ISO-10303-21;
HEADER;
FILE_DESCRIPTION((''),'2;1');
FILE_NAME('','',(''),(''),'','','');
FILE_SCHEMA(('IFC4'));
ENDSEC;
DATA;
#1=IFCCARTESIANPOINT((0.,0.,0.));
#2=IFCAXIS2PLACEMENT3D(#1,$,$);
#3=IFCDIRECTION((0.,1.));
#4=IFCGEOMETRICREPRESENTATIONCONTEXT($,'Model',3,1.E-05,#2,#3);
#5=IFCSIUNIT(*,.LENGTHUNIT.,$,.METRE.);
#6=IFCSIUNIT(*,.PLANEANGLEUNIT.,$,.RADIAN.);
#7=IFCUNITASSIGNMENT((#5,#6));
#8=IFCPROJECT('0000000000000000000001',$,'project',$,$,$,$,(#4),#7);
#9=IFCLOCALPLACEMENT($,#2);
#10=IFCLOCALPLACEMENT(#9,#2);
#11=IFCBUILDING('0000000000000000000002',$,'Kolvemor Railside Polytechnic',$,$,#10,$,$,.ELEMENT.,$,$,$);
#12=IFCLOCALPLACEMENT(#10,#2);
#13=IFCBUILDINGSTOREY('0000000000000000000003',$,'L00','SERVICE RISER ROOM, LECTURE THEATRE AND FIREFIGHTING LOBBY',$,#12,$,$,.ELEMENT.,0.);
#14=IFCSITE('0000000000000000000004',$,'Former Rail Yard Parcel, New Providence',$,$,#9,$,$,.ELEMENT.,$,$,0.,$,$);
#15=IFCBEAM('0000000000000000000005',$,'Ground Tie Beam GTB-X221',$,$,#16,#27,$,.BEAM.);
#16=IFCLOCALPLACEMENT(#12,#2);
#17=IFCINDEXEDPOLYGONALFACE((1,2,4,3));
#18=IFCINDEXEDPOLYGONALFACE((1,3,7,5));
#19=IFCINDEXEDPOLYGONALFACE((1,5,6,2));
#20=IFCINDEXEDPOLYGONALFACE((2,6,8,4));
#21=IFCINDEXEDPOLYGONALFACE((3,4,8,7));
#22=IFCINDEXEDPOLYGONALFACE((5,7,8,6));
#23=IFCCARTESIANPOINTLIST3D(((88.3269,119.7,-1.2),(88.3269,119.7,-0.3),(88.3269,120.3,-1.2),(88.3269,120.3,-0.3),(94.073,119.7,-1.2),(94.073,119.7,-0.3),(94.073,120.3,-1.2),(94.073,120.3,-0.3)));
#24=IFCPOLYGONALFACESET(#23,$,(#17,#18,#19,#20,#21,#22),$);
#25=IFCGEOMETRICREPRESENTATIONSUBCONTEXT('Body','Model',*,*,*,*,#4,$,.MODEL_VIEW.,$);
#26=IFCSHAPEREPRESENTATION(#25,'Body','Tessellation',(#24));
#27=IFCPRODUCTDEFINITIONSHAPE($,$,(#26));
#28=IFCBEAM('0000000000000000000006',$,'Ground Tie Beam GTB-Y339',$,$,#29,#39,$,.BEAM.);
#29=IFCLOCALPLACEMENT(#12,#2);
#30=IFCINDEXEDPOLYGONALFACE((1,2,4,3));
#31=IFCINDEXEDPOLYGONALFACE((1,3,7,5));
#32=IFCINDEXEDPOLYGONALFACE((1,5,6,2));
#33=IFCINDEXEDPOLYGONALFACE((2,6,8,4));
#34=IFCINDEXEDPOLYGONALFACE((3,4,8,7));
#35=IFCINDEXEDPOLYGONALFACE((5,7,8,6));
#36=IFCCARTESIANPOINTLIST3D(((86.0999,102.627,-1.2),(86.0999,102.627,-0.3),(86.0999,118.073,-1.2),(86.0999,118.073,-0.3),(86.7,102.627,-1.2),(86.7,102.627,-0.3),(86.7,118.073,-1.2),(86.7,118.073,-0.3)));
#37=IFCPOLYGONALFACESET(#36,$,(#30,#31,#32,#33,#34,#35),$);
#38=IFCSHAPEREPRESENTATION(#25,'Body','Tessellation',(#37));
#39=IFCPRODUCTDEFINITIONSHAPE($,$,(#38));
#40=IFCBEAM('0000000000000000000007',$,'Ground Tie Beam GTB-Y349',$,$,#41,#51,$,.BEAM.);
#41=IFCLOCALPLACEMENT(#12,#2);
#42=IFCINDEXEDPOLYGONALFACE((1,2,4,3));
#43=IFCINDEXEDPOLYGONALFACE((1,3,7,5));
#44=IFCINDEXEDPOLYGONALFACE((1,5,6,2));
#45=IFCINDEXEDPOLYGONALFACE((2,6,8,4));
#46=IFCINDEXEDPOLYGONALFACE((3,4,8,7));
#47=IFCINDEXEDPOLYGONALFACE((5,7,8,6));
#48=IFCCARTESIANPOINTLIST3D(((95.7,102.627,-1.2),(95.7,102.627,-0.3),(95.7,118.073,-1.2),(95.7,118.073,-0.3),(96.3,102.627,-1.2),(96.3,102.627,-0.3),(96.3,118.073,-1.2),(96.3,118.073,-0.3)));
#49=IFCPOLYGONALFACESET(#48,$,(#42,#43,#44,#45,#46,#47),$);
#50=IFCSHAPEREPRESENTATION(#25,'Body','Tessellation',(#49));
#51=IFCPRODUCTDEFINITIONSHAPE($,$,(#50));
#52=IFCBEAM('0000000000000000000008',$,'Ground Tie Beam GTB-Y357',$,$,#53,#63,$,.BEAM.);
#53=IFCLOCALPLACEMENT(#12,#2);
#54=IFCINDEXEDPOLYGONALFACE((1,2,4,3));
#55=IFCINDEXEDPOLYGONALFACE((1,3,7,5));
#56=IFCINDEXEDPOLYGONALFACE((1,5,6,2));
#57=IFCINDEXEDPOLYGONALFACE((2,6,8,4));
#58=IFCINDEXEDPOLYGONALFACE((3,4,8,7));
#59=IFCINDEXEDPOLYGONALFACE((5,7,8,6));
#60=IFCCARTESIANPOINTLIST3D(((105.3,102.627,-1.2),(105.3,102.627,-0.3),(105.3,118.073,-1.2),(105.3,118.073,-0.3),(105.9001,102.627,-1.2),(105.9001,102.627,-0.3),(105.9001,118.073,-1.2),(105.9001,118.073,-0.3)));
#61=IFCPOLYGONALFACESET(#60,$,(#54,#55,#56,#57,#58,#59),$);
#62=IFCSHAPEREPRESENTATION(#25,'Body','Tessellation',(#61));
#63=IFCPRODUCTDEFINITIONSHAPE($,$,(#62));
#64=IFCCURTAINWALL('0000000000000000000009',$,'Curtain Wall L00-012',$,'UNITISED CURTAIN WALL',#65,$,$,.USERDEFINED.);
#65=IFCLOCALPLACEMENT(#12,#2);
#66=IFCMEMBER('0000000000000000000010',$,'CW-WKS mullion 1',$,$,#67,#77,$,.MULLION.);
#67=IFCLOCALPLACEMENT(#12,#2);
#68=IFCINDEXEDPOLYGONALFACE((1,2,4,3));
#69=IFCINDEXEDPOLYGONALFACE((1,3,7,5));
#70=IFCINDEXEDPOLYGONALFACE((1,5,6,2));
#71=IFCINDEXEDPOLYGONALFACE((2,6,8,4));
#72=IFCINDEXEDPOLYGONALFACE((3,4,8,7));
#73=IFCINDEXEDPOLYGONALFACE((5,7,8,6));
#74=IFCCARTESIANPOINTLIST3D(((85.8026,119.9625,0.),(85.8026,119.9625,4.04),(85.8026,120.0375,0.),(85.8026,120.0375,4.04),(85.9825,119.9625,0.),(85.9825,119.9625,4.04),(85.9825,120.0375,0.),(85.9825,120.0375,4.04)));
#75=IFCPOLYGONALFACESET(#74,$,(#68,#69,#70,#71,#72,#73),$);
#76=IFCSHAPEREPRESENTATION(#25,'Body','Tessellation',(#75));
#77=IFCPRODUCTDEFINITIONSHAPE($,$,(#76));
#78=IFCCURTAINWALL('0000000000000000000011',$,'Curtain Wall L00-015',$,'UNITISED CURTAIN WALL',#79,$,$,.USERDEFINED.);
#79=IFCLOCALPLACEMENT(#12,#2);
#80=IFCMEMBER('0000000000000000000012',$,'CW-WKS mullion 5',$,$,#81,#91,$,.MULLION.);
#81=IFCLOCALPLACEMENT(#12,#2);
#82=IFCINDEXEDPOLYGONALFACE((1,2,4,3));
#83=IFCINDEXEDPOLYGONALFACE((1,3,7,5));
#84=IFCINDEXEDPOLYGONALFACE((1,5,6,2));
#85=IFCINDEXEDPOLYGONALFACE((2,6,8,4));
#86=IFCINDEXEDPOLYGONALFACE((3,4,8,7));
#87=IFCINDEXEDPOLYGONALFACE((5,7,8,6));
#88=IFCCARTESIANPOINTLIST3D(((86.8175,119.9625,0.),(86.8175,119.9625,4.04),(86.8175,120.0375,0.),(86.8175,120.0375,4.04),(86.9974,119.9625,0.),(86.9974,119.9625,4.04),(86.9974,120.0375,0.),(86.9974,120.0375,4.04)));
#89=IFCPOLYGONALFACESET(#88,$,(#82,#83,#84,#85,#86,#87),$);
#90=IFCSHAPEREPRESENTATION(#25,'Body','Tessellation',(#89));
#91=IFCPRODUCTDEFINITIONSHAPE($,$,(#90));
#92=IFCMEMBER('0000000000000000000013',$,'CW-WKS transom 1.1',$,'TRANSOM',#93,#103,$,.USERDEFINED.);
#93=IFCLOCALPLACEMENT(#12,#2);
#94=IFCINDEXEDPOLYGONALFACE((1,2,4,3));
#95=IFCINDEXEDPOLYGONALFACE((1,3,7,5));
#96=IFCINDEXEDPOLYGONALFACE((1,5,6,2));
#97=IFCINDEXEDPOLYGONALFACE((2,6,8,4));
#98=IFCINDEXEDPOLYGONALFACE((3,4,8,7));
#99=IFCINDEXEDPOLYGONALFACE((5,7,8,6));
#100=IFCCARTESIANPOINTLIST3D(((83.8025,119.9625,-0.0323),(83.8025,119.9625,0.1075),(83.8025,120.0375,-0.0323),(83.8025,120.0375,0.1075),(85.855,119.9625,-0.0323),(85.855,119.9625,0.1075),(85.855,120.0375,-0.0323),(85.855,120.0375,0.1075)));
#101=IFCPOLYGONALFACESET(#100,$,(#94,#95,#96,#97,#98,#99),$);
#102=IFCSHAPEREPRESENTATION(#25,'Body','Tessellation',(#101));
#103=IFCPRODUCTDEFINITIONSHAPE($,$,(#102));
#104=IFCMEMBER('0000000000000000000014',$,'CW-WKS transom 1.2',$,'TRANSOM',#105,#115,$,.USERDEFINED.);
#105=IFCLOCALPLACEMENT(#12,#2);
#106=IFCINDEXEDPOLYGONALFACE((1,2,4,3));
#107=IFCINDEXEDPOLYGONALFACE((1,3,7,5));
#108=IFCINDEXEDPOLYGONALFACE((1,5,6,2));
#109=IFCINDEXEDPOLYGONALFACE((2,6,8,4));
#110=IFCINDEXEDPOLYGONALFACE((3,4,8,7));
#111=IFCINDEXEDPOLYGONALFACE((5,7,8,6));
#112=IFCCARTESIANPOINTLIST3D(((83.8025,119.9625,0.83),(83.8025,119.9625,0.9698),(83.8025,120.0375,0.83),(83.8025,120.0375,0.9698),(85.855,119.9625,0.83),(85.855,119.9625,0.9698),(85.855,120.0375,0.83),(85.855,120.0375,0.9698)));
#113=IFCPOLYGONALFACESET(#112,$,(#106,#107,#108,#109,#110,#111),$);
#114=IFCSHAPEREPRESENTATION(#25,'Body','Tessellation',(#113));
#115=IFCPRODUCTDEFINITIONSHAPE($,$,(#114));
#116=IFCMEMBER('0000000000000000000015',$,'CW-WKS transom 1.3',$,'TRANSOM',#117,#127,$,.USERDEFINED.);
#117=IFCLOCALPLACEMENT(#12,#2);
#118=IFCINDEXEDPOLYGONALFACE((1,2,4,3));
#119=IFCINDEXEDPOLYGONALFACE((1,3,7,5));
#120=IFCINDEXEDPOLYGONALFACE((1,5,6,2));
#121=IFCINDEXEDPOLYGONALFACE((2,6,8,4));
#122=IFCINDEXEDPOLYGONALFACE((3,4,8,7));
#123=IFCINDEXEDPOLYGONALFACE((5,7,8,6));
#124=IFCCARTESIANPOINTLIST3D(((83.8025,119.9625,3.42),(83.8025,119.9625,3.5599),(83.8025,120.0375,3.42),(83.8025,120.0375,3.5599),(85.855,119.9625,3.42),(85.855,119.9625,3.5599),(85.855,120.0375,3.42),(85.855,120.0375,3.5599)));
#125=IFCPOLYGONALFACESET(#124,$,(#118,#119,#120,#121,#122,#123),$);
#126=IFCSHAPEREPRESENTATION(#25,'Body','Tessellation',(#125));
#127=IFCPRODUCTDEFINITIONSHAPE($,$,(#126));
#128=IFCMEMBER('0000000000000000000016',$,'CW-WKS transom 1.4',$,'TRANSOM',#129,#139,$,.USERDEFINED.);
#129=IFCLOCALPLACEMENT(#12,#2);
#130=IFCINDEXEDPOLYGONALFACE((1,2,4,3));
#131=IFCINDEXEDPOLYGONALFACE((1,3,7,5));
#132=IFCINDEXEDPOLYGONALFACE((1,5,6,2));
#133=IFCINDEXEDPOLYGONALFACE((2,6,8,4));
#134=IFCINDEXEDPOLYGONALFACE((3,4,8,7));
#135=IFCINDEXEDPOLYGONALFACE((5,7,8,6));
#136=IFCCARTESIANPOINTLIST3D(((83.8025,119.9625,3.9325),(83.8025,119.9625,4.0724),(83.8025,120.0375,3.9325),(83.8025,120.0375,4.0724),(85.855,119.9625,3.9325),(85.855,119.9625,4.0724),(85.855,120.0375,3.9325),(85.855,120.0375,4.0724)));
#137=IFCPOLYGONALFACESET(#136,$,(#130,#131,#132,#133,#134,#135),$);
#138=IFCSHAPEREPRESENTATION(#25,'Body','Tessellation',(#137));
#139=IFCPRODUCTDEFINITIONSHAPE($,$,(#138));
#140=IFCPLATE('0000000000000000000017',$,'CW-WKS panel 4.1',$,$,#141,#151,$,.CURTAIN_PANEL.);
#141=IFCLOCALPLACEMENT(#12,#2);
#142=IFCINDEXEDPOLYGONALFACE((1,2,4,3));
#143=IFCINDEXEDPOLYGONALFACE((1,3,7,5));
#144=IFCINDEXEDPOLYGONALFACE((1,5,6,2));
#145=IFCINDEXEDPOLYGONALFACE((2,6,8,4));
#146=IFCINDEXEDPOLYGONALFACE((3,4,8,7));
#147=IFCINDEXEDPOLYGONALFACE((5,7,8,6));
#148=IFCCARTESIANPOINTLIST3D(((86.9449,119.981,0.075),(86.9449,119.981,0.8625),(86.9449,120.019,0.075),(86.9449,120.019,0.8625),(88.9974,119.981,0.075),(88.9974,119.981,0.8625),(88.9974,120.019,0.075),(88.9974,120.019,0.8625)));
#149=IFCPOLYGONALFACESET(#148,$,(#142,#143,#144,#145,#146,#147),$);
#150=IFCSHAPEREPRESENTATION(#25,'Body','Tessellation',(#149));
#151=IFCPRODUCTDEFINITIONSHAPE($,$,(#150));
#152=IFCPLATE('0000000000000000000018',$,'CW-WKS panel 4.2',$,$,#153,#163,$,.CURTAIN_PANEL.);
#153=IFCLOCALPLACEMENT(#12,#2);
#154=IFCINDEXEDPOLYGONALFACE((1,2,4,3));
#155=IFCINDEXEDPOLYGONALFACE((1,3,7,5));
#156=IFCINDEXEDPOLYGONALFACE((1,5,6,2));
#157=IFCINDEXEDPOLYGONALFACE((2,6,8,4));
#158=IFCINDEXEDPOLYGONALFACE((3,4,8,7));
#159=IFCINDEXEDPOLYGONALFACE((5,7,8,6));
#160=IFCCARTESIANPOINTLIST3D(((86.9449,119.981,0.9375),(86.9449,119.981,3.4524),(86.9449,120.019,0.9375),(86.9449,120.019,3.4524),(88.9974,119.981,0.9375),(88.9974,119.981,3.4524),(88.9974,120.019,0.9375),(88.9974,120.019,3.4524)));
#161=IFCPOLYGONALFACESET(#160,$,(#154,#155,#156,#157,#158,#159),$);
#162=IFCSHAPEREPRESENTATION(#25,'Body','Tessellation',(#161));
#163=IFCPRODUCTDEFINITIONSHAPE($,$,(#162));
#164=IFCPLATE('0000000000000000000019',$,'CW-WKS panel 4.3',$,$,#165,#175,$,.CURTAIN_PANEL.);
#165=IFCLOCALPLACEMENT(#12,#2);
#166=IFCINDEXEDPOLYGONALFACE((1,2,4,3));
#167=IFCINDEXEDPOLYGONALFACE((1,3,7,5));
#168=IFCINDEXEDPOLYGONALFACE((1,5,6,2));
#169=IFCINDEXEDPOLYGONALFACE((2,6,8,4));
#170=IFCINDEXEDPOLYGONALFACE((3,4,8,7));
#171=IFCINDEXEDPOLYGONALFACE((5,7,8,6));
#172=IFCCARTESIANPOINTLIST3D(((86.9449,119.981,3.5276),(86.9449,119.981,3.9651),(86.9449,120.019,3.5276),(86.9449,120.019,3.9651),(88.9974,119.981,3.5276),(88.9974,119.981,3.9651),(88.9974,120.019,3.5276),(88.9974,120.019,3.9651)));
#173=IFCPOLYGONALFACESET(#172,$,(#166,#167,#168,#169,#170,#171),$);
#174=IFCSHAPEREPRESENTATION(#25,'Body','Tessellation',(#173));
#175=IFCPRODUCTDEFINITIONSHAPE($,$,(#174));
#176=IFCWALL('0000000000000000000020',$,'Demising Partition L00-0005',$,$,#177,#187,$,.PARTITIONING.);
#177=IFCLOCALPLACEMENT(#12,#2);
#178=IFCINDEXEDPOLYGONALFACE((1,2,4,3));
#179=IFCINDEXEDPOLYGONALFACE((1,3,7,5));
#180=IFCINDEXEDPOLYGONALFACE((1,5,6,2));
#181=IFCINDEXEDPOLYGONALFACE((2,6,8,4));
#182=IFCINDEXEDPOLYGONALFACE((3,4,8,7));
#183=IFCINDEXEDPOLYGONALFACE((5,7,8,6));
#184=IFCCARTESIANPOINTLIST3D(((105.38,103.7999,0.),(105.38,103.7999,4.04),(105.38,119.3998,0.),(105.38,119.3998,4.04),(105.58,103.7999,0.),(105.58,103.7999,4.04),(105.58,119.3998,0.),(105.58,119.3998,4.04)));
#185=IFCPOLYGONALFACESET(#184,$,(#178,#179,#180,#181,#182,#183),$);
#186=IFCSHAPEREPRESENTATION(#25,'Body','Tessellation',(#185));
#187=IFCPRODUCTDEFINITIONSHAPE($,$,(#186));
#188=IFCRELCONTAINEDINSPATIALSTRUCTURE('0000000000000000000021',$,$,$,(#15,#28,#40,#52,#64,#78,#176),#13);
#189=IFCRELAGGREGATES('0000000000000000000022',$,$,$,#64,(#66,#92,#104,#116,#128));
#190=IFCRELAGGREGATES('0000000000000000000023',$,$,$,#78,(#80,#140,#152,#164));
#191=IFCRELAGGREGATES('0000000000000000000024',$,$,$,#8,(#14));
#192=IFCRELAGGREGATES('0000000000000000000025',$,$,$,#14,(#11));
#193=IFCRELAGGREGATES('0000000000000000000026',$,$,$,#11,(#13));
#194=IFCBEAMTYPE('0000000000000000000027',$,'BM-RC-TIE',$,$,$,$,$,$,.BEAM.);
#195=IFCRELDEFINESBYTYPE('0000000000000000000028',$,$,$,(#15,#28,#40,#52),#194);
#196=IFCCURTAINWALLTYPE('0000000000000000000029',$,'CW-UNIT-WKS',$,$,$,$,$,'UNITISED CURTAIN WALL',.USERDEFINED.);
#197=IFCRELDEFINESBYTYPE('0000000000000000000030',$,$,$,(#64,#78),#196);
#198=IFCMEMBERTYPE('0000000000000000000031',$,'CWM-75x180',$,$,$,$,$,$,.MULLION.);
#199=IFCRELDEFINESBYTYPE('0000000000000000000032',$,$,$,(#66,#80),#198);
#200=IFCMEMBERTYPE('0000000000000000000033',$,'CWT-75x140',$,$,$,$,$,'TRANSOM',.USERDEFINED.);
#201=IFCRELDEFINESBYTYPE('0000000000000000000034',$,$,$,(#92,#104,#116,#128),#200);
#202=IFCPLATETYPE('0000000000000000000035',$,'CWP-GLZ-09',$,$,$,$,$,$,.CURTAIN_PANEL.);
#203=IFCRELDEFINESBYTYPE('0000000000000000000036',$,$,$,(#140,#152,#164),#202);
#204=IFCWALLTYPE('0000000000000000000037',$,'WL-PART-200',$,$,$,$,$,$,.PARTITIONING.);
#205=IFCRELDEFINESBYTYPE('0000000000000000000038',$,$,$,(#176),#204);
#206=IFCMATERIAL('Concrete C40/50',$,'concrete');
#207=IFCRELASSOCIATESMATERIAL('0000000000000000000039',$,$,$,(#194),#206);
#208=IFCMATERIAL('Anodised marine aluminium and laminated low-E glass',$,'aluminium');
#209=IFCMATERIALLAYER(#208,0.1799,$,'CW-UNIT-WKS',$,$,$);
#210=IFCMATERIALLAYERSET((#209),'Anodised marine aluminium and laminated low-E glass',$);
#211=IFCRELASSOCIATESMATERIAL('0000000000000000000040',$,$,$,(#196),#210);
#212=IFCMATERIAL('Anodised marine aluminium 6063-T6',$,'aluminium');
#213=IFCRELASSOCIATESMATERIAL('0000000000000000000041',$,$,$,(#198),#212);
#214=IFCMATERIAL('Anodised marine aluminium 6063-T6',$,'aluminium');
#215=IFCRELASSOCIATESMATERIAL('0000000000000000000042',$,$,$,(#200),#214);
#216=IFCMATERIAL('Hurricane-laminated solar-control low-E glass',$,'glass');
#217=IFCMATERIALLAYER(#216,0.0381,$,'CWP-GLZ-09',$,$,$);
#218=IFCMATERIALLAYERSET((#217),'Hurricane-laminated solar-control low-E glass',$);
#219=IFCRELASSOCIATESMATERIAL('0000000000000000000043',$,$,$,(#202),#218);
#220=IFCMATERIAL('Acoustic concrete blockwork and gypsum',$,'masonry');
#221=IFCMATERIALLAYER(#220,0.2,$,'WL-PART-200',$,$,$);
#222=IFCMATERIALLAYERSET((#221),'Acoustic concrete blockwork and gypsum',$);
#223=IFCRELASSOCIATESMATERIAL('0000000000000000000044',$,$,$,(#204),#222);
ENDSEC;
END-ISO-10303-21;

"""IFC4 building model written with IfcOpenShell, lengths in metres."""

from ifc_helpers import new_model, si_unit, direction, frame, frame_2d, origin, origin_2d, place, context, subcontext, project, spatial, rectangle, extrude, material, layer, layer_set, material_profile, profile_set, type_object, element, aggregate, save


model = new_model("IFC4")

# Units and contexts
model_context = context("Model", 3, precision=1e-05, world=origin(), true_north=direction((0.0, 1.0)))
body_context = subcontext(model_context, "Body", "Model", "MODEL_VIEW")
ifc_project = project(units=[si_unit("LENGTHUNIT", "METRE"), si_unit("PLANEANGLEUNIT", "RADIAN")], contexts=[model_context])

# Site, building, storey
site_placement = place(None, origin())
site = spatial("IfcSite", under=ifc_project, at=site_placement, Name="Former Rail Yard Parcel, New Providence", CompositionType="ELEMENT", RefElevation=0.0)
building_placement = place(site_placement, origin())
building = spatial("IfcBuilding", under=site, at=building_placement, Name="Kolvemor Railside Polytechnic", CompositionType="ELEMENT")
storey_placement = place(building_placement, origin())
storey = spatial("IfcBuildingStorey", under=building, at=storey_placement, Name="L00", Description="SERVICE RISER ROOM, LECTURE THEATRE AND FIREFIGHTING LOBBY", CompositionType="ELEMENT", Elevation=0.0)

# Beams
ifc_material_1 = material(Name="Concrete C40/50", Category="concrete")
ifc_material_profile_1 = material_profile(ifc_material_1, rectangle(XDim=0.6001, YDim=0.8999, at=origin_2d()), Name="RC600x900")
ifc_profile_set_1 = profile_set([ifc_material_profile_1], Name="Concrete C40/50")
beam_type_1 = type_object("IfcBeamType", Name="BM-RC-TIE", PredefinedType="BEAM", material=ifc_profile_set_1)
beam_1_placement = place(storey_placement, frame((88.3269, 120.0, -0.75), z_axis=(1.0, 0.0, 0.0), x_axis=(0.0, 1.0, 0.0)))
element("IfcBeam", 1, at=beam_1_placement, inside=storey, type_object=beam_type_1, Name="Ground Tie Beam GTB-X221", PredefinedType="BEAM", context=body_context, shape_type="SweptSolid", body=[
    extrude(rectangle(XDim=0.6001, YDim=0.8999, at=origin_2d()), origin(), (0.0, 0.0, 1.0), 5.7461),
])
for number, where, z_axis, x_axis, name in (
    (2, (86.3999, 102.627, -0.75), (0.0, 1.0, 0.0), (-1.0, 0.0, 0.0), "Ground Tie Beam GTB-Y339"),
    (3, (96.0, 102.627, -0.75), (0.0, 1.0, 0.0), (-1.0, 0.0, 0.0), "Ground Tie Beam GTB-Y349"),
    (4, (105.6001, 102.627, -0.75), (0.0, 1.0, 0.0), (-1.0, 0.0, 0.0), "Ground Tie Beam GTB-Y357"),
):
    element("IfcBeam", number, at=place(storey_placement, frame(where, z_axis=z_axis, x_axis=x_axis)), inside=storey, type_object=beam_type_1, Name=name, PredefinedType="BEAM", context=body_context, shape_type="SweptSolid", body=[
        extrude(rectangle(XDim=0.6001, YDim=0.8999, at=origin_2d()), origin(), (0.0, 0.0, 1.0), 15.446),
    ])

# Curtain walls, members
ifc_material_2 = material(Name="Anodised marine aluminium and laminated low-E glass", Category="aluminium")
ifc_layer_1 = layer(ifc_material_2, 0.1799, Name="CW-UNIT-WKS")
ifc_layer_set_1 = layer_set([ifc_layer_1], Name="Anodised marine aluminium and laminated low-E glass")
curtain_wall_type = type_object("IfcCurtainWallType", Name="CW-UNIT-WKS", ElementType="UNITISED CURTAIN WALL", PredefinedType="USERDEFINED", material=ifc_layer_set_1)
curtain_wall_1_placement = place(storey_placement, origin())
curtain_wall_1 = element("IfcCurtainWall", 5, at=curtain_wall_1_placement, inside=storey, type_object=curtain_wall_type, Name="Curtain Wall L00-012", ObjectType="UNITISED CURTAIN WALL", PredefinedType="USERDEFINED")
ifc_material_3 = material(Name="Anodised marine aluminium 6063-T6", Category="aluminium")
ifc_material_profile_2 = material_profile(ifc_material_3, rectangle(XDim=0.075, YDim=0.1799, at=origin_2d()), Name="CW-MUL-75x180")
ifc_profile_set_2 = profile_set([ifc_material_profile_2], Name="Anodised marine aluminium 6063-T6")
member_type_1 = type_object("IfcMemberType", Name="CWM-75x180", PredefinedType="MULLION", material=ifc_profile_set_2)
member_1_placement = place(storey_placement, frame((85.8926, 120.0, 0.0), z_axis=(0.0, 0.0, 1.0), x_axis=(0.0, -1.0, 0.0)))
member_1 = element("IfcMember", 6, at=member_1_placement, type_object=member_type_1, Name="CW-WKS mullion 1", PredefinedType="MULLION", context=body_context, shape_type="SweptSolid", body=[
    extrude(rectangle(XDim=0.075, YDim=0.1799, at=origin_2d()), origin(), (0.0, 0.0, 1.0), 4.04),
])
curtain_wall_2_placement = place(storey_placement, origin())
curtain_wall_2 = element("IfcCurtainWall", 7, at=curtain_wall_2_placement, inside=storey, type_object=curtain_wall_type, Name="Curtain Wall L00-015", ObjectType="UNITISED CURTAIN WALL", PredefinedType="USERDEFINED")
member_2_placement = place(storey_placement, frame((86.9075, 120.0, 0.0), z_axis=(0.0, 0.0, 1.0), x_axis=(0.0, -1.0, 0.0)))
member_2 = element("IfcMember", 8, at=member_2_placement, type_object=member_type_1, Name="CW-WKS mullion 5", PredefinedType="MULLION", context=body_context, shape_type="SweptSolid", body=[
    extrude(rectangle(XDim=0.075, YDim=0.1799, at=origin_2d()), origin(), (0.0, 0.0, 1.0), 4.04),
])

# Members
ifc_material_4 = material(Name="Anodised marine aluminium 6063-T6", Category="aluminium")
ifc_material_profile_3 = material_profile(ifc_material_4, rectangle(XDim=0.075, YDim=0.1399, at=origin_2d()), Name="CW-TRN-75x140")
ifc_profile_set_3 = profile_set([ifc_material_profile_3], Name="Anodised marine aluminium 6063-T6")
member_type_2 = type_object("IfcMemberType", Name="CWT-75x140", ElementType="TRANSOM", PredefinedType="USERDEFINED", material=ifc_profile_set_3)
member_3_placement = place(storey_placement, frame((85.855, 120.0, 0.0376), z_axis=(-1.0, 0.0, 0.0), x_axis=(0.0, -1.0, 0.0)))
member_3 = element("IfcMember", 9, at=member_3_placement, type_object=member_type_2, Name="CW-WKS transom 1.1", ObjectType="TRANSOM", PredefinedType="USERDEFINED", context=body_context, shape_type="SweptSolid", body=[
    extrude(rectangle(XDim=0.075, YDim=0.1399, at=origin_2d()), origin(), (0.0, 0.0, 1.0), 2.0525),
])
member_4_placement = place(storey_placement, frame((85.855, 120.0, 0.8999), z_axis=(-1.0, 0.0, 0.0), x_axis=(0.0, -1.0, 0.0)))
member_4 = element("IfcMember", 10, at=member_4_placement, type_object=member_type_2, Name="CW-WKS transom 1.2", ObjectType="TRANSOM", PredefinedType="USERDEFINED", context=body_context, shape_type="SweptSolid", body=[
    extrude(rectangle(XDim=0.075, YDim=0.1399, at=origin_2d()), origin(), (0.0, 0.0, 1.0), 2.0525),
])
member_5_placement = place(storey_placement, frame((85.855, 120.0, 3.49), z_axis=(-1.0, 0.0, 0.0), x_axis=(0.0, -1.0, 0.0)))
member_5 = element("IfcMember", 11, at=member_5_placement, type_object=member_type_2, Name="CW-WKS transom 1.3", ObjectType="TRANSOM", PredefinedType="USERDEFINED", context=body_context, shape_type="SweptSolid", body=[
    extrude(rectangle(XDim=0.075, YDim=0.1399, at=origin_2d()), origin(), (0.0, 0.0, 1.0), 2.0525),
])
member_6_placement = place(storey_placement, frame((85.855, 120.0, 4.0024), z_axis=(-1.0, 0.0, 0.0), x_axis=(0.0, -1.0, 0.0)))
member_6 = element("IfcMember", 12, at=member_6_placement, type_object=member_type_2, Name="CW-WKS transom 1.4", ObjectType="TRANSOM", PredefinedType="USERDEFINED", context=body_context, shape_type="SweptSolid", body=[
    extrude(rectangle(XDim=0.075, YDim=0.1399, at=origin_2d()), origin(), (0.0, 0.0, 1.0), 2.0525),
])
aggregate(curtain_wall_1, [member_1, member_3, member_4, member_5, member_6])

# Plates
ifc_material_5 = material(Name="Hurricane-laminated solar-control low-E glass", Category="glass")
ifc_layer_2 = layer(ifc_material_5, 0.0381, Name="CWP-GLZ-09")
ifc_layer_set_2 = layer_set([ifc_layer_2], Name="Hurricane-laminated solar-control low-E glass")
plate_type = type_object("IfcPlateType", Name="CWP-GLZ-09", PredefinedType="CURTAIN_PANEL", material=ifc_layer_set_2)
plate_1_placement = place(storey_placement, frame((87.9712, 120.0, 0.075), z_axis=(0.0, 0.0, 1.0), x_axis=(-1.0, 0.0, 0.0)))
plate_1 = element("IfcPlate", 13, at=plate_1_placement, type_object=plate_type, Name="CW-WKS panel 4.1", PredefinedType="CURTAIN_PANEL", context=body_context, shape_type="SweptSolid", body=[
    extrude(rectangle(XDim=2.0525, YDim=0.0381, at=origin_2d()), origin(), (0.0, 0.0, 1.0), 0.7876),
])
plate_2_placement = place(storey_placement, frame((87.9712, 120.0, 0.9375), z_axis=(0.0, 0.0, 1.0), x_axis=(-1.0, 0.0, 0.0)))
plate_2 = element("IfcPlate", 14, at=plate_2_placement, type_object=plate_type, Name="CW-WKS panel 4.2", PredefinedType="CURTAIN_PANEL", context=body_context, shape_type="SweptSolid", body=[
    extrude(rectangle(XDim=2.0525, YDim=0.0381, at=origin_2d()), origin(), (0.0, 0.0, 1.0), 2.5149),
])
plate_3_placement = place(storey_placement, frame((87.9712, 120.0, 3.5276), z_axis=(0.0, 0.0, 1.0), x_axis=(-1.0, 0.0, 0.0)))
plate_3 = element("IfcPlate", 15, at=plate_3_placement, type_object=plate_type, Name="CW-WKS panel 4.3", PredefinedType="CURTAIN_PANEL", context=body_context, shape_type="SweptSolid", body=[
    extrude(rectangle(XDim=2.0525, YDim=0.0381, at=origin_2d()), origin(), (0.0, 0.0, 1.0), 0.4375),
])
aggregate(curtain_wall_2, [member_2, plate_1, plate_2, plate_3])

# Wall
ifc_material_6 = material(Name="Acoustic concrete blockwork and gypsum", Category="masonry")
ifc_layer_3 = layer(ifc_material_6, 0.2, Name="WL-PART-200")
ifc_layer_set_3 = layer_set([ifc_layer_3], Name="Acoustic concrete blockwork and gypsum")
wall_type = type_object("IfcWallType", Name="WL-PART-200", PredefinedType="PARTITIONING", material=ifc_layer_set_3)
wall_1_placement = place(storey_placement, frame((105.48, 103.8, 0.0), z_axis=(0.0, 0.0, 1.0), x_axis=(0.0, 1.0, 0.0)))
element("IfcWall", 16, at=wall_1_placement, inside=storey, type_object=wall_type, Name="Demising Partition L00-0005", PredefinedType="PARTITIONING", context=body_context, shape_type="SweptSolid", body=[
    extrude(rectangle(XDim=15.5999, YDim=0.2, at=frame_2d((7.7998, 0.0))), origin(), (0.0, 0.0, 1.0), 4.04),
])

save(model, "model.ifc")
